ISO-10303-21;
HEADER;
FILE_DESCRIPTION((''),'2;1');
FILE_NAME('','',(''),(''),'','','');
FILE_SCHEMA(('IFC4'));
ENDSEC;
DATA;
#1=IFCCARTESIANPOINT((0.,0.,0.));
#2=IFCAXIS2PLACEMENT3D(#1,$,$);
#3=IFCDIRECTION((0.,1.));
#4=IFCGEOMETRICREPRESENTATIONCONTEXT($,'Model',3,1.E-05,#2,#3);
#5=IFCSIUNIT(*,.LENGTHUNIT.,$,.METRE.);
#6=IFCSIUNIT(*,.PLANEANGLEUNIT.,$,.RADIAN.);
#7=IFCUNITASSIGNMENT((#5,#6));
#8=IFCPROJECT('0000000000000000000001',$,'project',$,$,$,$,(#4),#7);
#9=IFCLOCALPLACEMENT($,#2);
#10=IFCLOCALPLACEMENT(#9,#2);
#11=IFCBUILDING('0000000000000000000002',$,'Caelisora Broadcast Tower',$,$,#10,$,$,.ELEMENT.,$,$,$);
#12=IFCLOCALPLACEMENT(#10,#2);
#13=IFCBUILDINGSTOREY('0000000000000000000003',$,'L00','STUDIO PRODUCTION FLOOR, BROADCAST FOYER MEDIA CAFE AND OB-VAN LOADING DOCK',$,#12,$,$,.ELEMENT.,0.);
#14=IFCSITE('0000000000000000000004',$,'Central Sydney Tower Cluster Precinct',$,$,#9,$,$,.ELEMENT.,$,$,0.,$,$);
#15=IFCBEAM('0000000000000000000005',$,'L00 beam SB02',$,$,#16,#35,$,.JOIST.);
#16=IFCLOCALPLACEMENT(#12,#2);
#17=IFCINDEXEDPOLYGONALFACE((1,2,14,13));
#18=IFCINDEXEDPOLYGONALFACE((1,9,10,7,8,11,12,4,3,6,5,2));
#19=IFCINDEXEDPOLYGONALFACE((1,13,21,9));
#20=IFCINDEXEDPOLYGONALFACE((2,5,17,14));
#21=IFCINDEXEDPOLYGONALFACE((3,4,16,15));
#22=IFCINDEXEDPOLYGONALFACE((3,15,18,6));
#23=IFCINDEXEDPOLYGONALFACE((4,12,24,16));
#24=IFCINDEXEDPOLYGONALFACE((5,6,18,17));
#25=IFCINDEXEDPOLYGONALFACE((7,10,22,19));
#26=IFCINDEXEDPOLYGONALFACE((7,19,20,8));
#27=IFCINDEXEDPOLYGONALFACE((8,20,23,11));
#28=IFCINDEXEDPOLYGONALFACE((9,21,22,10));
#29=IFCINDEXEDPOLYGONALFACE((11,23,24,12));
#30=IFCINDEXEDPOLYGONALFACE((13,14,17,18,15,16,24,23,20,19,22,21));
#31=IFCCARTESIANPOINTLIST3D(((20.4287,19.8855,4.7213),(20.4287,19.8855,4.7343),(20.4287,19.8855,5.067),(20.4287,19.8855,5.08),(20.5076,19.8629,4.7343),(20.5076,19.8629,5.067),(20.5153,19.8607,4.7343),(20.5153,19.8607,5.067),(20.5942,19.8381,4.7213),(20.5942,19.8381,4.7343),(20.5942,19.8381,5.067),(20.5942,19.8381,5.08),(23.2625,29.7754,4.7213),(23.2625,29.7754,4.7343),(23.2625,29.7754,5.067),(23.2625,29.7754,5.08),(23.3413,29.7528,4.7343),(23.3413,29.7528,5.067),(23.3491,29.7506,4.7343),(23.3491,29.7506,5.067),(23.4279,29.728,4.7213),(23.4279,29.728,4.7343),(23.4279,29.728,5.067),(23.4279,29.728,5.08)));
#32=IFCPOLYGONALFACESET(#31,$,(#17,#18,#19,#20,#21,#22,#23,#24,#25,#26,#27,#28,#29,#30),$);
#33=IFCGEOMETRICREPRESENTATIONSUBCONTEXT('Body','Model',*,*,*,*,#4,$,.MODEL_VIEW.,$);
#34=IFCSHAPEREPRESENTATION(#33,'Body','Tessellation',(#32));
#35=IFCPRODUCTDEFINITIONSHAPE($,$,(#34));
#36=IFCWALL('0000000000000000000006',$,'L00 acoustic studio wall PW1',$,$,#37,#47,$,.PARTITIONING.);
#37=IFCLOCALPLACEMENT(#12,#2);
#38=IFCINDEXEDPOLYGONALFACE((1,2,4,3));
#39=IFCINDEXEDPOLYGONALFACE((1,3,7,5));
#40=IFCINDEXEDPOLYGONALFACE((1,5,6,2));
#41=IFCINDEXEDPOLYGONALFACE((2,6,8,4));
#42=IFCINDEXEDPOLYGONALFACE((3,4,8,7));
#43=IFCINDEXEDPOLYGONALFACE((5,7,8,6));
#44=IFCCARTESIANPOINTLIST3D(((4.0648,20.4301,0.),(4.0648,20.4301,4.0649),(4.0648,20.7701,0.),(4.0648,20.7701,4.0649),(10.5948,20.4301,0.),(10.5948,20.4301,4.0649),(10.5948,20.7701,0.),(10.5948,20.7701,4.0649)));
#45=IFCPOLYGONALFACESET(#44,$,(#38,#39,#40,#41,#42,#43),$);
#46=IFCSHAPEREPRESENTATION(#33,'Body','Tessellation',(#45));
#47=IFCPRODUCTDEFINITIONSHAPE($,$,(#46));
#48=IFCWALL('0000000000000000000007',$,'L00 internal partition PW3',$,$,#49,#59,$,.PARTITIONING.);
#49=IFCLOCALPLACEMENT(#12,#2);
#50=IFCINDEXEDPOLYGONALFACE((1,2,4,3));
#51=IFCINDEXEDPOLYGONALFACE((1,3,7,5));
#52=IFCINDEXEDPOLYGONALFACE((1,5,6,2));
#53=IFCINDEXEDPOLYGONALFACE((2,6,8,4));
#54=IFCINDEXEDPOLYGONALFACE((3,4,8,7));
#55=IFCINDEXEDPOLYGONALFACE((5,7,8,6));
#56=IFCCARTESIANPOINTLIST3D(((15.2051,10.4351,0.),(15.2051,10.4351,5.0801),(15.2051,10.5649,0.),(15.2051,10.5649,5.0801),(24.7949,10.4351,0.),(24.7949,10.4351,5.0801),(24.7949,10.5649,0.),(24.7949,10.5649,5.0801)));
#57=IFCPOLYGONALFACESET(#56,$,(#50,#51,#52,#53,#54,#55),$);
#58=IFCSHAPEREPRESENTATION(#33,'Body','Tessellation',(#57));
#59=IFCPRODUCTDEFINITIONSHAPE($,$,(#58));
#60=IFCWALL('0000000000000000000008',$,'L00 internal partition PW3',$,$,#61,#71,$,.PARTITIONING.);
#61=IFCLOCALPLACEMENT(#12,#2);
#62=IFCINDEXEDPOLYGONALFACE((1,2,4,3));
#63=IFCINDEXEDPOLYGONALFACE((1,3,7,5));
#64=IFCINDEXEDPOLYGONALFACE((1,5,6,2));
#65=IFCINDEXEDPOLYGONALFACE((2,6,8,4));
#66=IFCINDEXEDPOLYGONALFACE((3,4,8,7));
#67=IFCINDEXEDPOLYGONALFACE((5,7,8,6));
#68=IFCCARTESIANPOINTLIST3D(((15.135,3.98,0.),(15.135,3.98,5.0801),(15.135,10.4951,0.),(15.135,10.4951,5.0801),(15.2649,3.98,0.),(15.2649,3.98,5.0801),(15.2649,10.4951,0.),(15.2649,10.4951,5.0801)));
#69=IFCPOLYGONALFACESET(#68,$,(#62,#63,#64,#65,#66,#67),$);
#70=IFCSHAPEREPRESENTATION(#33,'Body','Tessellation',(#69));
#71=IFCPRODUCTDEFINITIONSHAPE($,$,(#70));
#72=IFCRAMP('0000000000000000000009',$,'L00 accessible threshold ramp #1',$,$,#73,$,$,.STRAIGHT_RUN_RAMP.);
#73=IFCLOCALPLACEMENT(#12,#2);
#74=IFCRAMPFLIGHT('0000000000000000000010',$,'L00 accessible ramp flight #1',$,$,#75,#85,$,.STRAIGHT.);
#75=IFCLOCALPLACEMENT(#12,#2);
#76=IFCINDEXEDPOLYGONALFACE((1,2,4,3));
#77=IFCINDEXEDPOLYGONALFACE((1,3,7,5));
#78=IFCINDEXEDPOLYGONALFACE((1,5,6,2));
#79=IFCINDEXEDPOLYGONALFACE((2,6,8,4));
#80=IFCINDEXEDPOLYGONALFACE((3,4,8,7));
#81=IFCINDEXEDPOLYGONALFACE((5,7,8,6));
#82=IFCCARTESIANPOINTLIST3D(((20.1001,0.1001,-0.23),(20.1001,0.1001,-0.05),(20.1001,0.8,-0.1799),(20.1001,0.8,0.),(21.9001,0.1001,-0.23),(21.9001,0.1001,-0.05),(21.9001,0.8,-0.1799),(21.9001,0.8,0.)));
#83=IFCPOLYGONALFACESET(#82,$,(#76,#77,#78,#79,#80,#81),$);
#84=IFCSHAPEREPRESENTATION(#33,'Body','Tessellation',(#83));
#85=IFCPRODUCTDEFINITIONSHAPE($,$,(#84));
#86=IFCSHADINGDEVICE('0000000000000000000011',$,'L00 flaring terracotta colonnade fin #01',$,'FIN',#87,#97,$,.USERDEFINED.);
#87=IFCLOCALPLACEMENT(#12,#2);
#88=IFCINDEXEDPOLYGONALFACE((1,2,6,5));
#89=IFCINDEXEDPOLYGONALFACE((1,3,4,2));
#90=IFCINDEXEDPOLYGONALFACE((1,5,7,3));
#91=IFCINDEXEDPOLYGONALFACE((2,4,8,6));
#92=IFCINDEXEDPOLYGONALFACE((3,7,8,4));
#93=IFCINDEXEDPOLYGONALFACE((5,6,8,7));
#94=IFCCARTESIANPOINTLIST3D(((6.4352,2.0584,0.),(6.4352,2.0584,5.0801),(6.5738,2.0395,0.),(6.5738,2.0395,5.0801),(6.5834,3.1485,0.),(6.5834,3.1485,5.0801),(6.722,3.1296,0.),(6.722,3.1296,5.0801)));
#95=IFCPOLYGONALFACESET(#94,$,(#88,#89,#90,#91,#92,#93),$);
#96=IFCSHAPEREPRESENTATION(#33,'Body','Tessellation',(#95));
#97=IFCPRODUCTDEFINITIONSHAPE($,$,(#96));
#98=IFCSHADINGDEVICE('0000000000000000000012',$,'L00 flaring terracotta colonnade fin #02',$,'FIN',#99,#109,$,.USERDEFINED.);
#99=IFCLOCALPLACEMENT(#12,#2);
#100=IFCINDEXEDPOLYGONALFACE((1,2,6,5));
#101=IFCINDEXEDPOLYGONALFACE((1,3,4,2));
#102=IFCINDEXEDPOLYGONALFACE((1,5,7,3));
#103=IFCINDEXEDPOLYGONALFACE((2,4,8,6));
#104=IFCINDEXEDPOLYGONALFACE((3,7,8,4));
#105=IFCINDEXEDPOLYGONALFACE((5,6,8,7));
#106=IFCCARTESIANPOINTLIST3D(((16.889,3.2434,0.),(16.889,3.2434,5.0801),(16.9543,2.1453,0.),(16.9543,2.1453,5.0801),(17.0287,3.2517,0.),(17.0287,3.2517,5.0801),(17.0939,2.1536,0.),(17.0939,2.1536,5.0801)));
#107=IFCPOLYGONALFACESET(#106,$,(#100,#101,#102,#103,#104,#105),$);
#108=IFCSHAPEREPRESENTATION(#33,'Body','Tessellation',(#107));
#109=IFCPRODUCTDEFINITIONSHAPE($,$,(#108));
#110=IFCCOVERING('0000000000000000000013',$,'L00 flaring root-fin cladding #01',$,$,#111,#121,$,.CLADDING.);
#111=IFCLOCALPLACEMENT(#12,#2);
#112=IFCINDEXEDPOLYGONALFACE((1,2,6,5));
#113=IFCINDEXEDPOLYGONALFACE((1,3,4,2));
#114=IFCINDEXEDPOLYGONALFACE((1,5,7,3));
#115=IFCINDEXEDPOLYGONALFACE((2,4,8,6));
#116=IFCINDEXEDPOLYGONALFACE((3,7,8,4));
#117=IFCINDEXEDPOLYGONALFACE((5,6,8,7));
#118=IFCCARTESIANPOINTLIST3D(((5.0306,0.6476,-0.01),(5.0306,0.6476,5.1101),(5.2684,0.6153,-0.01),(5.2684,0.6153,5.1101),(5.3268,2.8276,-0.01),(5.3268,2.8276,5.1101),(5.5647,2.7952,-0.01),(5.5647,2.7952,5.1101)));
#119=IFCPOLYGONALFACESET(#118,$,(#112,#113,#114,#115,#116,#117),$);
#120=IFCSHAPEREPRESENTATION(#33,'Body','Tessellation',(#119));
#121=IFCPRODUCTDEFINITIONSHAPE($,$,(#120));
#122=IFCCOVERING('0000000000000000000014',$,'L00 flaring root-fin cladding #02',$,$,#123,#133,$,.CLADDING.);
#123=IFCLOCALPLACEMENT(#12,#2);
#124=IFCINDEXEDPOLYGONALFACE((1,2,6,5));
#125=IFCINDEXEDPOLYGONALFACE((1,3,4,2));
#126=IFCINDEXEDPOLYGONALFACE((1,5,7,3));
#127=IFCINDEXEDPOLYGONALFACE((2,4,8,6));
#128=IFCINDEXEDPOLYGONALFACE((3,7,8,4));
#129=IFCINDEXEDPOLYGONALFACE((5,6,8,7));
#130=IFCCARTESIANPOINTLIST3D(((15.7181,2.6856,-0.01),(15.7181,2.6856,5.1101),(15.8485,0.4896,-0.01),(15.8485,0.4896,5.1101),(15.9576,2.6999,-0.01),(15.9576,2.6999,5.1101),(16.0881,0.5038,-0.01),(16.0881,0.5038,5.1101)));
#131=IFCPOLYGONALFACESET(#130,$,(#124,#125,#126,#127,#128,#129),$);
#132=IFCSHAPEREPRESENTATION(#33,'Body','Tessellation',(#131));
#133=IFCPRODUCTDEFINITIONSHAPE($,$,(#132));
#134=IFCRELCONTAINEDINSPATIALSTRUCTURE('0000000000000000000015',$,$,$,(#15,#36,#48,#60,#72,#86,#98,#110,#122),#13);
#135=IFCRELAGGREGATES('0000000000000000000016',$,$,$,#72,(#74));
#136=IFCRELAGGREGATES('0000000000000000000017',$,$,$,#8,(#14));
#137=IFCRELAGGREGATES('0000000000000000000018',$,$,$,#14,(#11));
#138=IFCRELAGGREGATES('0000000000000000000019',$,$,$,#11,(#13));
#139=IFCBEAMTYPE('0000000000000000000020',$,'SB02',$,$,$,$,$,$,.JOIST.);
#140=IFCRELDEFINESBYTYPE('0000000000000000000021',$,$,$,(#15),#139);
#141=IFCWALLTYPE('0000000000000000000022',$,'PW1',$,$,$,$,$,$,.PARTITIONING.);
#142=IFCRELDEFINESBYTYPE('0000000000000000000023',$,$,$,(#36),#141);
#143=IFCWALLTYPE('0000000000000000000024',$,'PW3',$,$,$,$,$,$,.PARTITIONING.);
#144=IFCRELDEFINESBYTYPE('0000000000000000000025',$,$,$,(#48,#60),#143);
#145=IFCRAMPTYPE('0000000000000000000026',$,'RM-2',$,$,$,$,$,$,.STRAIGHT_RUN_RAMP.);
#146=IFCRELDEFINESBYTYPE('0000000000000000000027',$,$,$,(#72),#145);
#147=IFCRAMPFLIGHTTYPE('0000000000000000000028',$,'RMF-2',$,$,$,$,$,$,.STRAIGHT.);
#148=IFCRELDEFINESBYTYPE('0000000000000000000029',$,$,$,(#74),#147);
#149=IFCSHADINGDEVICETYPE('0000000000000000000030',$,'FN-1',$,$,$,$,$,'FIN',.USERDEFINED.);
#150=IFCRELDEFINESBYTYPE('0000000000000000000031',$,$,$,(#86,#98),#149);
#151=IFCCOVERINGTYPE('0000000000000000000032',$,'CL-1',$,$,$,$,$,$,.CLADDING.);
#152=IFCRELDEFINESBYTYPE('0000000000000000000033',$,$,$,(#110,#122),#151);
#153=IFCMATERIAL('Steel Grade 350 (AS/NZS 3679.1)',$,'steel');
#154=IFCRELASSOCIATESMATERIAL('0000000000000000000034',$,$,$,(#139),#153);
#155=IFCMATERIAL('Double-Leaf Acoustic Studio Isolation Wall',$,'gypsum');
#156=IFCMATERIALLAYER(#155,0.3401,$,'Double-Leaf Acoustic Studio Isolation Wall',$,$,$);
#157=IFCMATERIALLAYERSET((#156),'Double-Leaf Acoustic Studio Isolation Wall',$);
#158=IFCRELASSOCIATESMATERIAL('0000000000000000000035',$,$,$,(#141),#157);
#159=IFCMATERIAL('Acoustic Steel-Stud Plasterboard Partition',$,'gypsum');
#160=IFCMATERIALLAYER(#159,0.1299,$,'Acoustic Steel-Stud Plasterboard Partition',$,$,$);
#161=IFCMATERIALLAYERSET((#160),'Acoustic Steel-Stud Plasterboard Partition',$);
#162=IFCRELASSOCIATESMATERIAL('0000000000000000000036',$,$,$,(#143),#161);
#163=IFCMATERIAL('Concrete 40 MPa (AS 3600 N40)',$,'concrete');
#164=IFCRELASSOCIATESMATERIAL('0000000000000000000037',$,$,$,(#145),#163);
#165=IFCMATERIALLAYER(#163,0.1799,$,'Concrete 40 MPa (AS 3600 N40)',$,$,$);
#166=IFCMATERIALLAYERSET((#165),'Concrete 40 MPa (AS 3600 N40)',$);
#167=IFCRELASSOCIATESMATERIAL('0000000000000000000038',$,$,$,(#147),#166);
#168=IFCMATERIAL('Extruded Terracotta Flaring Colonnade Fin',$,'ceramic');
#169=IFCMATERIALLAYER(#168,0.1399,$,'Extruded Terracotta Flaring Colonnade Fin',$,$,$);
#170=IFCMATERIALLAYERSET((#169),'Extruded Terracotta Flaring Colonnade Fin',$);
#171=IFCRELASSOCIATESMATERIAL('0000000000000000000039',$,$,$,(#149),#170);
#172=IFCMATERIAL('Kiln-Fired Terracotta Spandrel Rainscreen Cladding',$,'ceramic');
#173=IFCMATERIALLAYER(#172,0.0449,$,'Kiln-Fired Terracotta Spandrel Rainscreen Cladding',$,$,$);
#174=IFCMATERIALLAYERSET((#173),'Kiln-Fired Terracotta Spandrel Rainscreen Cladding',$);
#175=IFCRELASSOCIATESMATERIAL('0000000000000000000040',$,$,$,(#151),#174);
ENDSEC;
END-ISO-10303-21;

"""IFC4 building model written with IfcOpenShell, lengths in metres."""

from ifc_helpers import new_model, si_unit, direction, frame, frame_2d, origin, origin_2d, place, context, subcontext, project, spatial, polyline, rectangle, i_section, outline, extrude, source, transform, mapped, material, layer, layer_set, material_profile, profile_set, type_object, type_shapes, element, aggregate, save


model = new_model("IFC4")

# Units and contexts
model_context = context("Model", 3, precision=1e-05, world=origin(), true_north=direction((0.0, 1.0)))
body_context = subcontext(model_context, "Body", "Model", "MODEL_VIEW")
ifc_project = project(units=[si_unit("LENGTHUNIT", "METRE"), si_unit("PLANEANGLEUNIT", "RADIAN")], contexts=[model_context])

# Site, building, storey
site_placement = place(None, origin())
site = spatial("IfcSite", under=ifc_project, at=site_placement, Name="Central Sydney Tower Cluster Precinct", CompositionType="ELEMENT", RefElevation=0.0)
building_placement = place(site_placement, origin())
building = spatial("IfcBuilding", under=site, at=building_placement, Name="Caelisora Broadcast Tower", CompositionType="ELEMENT")
storey_placement = place(building_placement, origin())
storey = spatial("IfcBuildingStorey", under=building, at=storey_placement, Name="L00", Description="STUDIO PRODUCTION FLOOR, BROADCAST FOYER MEDIA CAFE AND OB-VAN LOADING DOCK", CompositionType="ELEMENT", Elevation=0.0)

# Beam
ifc_material_1 = material(Name="Steel Grade 350 (AS/NZS 3679.1)", Category="steel")
ifc_material_profile_1 = material_profile(ifc_material_1, i_section(OverallWidth=0.1721, OverallDepth=0.3586, WebThickness=0.0081, FlangeThickness=0.0129, at=origin_2d()), Name="Steel Grade 350 (AS/NZS 3679.1)")
ifc_profile_set_1 = profile_set([ifc_material_profile_1], Name="Steel Grade 350 (AS/NZS 3679.1)")
beam_type_1 = type_object("IfcBeamType", Name="SB02", PredefinedType="JOIST", material=ifc_profile_set_1)
shared_shape_1 = source(origin(), body_context, "Body", "SweptSolid", [
    extrude(i_section(OverallWidth=0.1721, OverallDepth=0.3586, WebThickness=0.0081, FlangeThickness=0.0129, at=origin_2d()), origin(), (0.0, 0.0, 1.0), 10.2878),
])
beam_1_placement = place(storey_placement, frame((20.5115, 19.8618, 4.9006), z_axis=(0.275445, 0.961317, 0.0), x_axis=(-0.961317, 0.275445, 0.0)))
element("IfcBeam", 1, at=beam_1_placement, inside=storey, type_object=beam_type_1, Name="L00 beam SB02", PredefinedType="JOIST", context=body_context, shape_type="MappedRepresentation", body=[
    mapped(shared_shape_1, transform((0.0, 0.0, 0.0), scale=1.0)),
])

# Walls
ifc_material_2 = material(Name="Double-Leaf Acoustic Studio Isolation Wall", Category="gypsum")
ifc_layer_1 = layer(ifc_material_2, 0.3401, Name="Double-Leaf Acoustic Studio Isolation Wall")
ifc_layer_set_1 = layer_set([ifc_layer_1], Name="Double-Leaf Acoustic Studio Isolation Wall")
wall_type_1 = type_object("IfcWallType", Name="PW1", PredefinedType="PARTITIONING", material=ifc_layer_set_1)
wall_1_placement = place(storey_placement, frame((10.595, 20.6001, 0.0), z_axis=(0.0, 0.0, 1.0), x_axis=(-1.0, 0.0, 0.0)))
element("IfcWall", 2, at=wall_1_placement, inside=storey, type_object=wall_type_1, Name="L00 acoustic studio wall PW1", PredefinedType="PARTITIONING", context=body_context, shape_type="SweptSolid", body=[
    extrude(rectangle(XDim=6.53, YDim=0.3401, at=frame_2d((3.2651, 0.0))), origin(), (0.0, 0.0, 1.0), 4.0649),
])
ifc_material_3 = material(Name="Acoustic Steel-Stud Plasterboard Partition", Category="gypsum")
ifc_layer_2 = layer(ifc_material_3, 0.1299, Name="Acoustic Steel-Stud Plasterboard Partition")
ifc_layer_set_2 = layer_set([ifc_layer_2], Name="Acoustic Steel-Stud Plasterboard Partition")
wall_type_2 = type_object("IfcWallType", Name="PW3", PredefinedType="PARTITIONING", material=ifc_layer_set_2)
wall_2_placement = place(storey_placement, frame((15.2051, 10.5, 0.0), z_axis=(0.0, 0.0, 1.0), x_axis=(1.0, 0.0, 0.0)))
element("IfcWall", 3, at=wall_2_placement, inside=storey, type_object=wall_type_2, Name="L00 internal partition PW3", PredefinedType="PARTITIONING", context=body_context, shape_type="SweptSolid", body=[
    extrude(rectangle(XDim=9.5898, YDim=0.1299, at=frame_2d((4.7949, 0.0))), origin(), (0.0, 0.0, 1.0), 5.0801),
])
wall_3_placement = place(storey_placement, frame((15.2, 3.98, 0.0), z_axis=(0.0, 0.0, 1.0), x_axis=(0.0, 1.0, 0.0)))
element("IfcWall", 4, at=wall_3_placement, inside=storey, type_object=wall_type_2, Name="L00 internal partition PW3", PredefinedType="PARTITIONING", context=body_context, shape_type="SweptSolid", body=[
    extrude(rectangle(XDim=6.5151, YDim=0.1299, at=frame_2d((3.2576, 0.0))), origin(), (0.0, 0.0, 1.0), 5.0801),
])

# Ramp, ramp flight
ifc_material_4 = material(Name="Concrete 40 MPa (AS 3600 N40)", Category="concrete")
ramp_type = type_object("IfcRampType", Name="RM-2", PredefinedType="STRAIGHT_RUN_RAMP", material=ifc_material_4)
ramp_placement = place(storey_placement, origin())
ramp = element("IfcRamp", 5, at=ramp_placement, inside=storey, type_object=ramp_type, Name="L00 accessible threshold ramp #1", PredefinedType="STRAIGHT_RUN_RAMP")
ifc_layer_3 = layer(ifc_material_4, 0.1799, Name="Concrete 40 MPa (AS 3600 N40)")
ifc_layer_set_3 = layer_set([ifc_layer_3], Name="Concrete 40 MPa (AS 3600 N40)")
ramp_flight_type = type_object("IfcRampFlightType", Name="RMF-2", PredefinedType="STRAIGHT", material=ifc_layer_set_3)
ramp_flight_placement = place(storey_placement, frame((21.0, 0.1001, -0.05), z_axis=(0.0, 0.0, 1.0), x_axis=(0.0, 1.0, 0.0)))
ramp_flight = element("IfcRampFlight", 6, at=ramp_flight_placement, type_object=ramp_flight_type, Name="L00 accessible ramp flight #1", PredefinedType="STRAIGHT", context=body_context, shape_type="SweptSolid", body=[
    extrude(outline(polyline([(0.0, 0.0), (0.7, 0.05), (0.7, -0.1299), (0.0, -0.1799), (0.0, 0.0)])), frame((0.0, 0.8999, 0.0), z_axis=(0.0, -1.0, 0.0), x_axis=(1.0, 0.0, 0.0)), (0.0, 0.0, 1.0), 1.8),
])
aggregate(ramp, [ramp_flight])

# Shading devices
ifc_material_5 = material(Name="Extruded Terracotta Flaring Colonnade Fin", Category="ceramic")
ifc_layer_4 = layer(ifc_material_5, 0.1399, Name="Extruded Terracotta Flaring Colonnade Fin")
ifc_layer_set_4 = layer_set([ifc_layer_4], Name="Extruded Terracotta Flaring Colonnade Fin")
shading_device_type = type_object("IfcShadingDeviceType", Name="FN-1", ElementType="FIN", PredefinedType="USERDEFINED", material=ifc_layer_set_4)
shared_shape_2 = source(origin(), body_context, "Body", "SweptSolid", [
    extrude(rectangle(XDim=1.1001, YDim=0.1399, at=origin_2d()), origin(), (0.0, 0.0, 1.0), 5.0801),
])
type_shapes(shading_device_type, [shared_shape_2])
for number, where, z_axis, x_axis, name in (
    (7, (6.5786, 2.594, 0.0), (0.0, 0.0, 1.0), (-0.134678, -0.990889, 0.0), "L00 flaring terracotta colonnade fin #01"),
    (8, (16.9915, 2.6985, 0.0), (0.0, 0.0, 1.0), (0.059306, -0.99824, 0.0), "L00 flaring terracotta colonnade fin #02"),
):
    element("IfcShadingDevice", number, at=place(storey_placement, frame(where, z_axis=z_axis, x_axis=x_axis)), inside=storey, type_object=shading_device_type, Name=name, ObjectType="FIN", PredefinedType="USERDEFINED", context=body_context, shape_type="MappedRepresentation", body=[
        mapped(shared_shape_2, transform((0.0, 0.0, 0.0), scale=1.0)),
    ])

# Coverings
ifc_material_6 = material(Name="Kiln-Fired Terracotta Spandrel Rainscreen Cladding", Category="ceramic")
ifc_layer_5 = layer(ifc_material_6, 0.0449, Name="Kiln-Fired Terracotta Spandrel Rainscreen Cladding")
ifc_layer_set_5 = layer_set([ifc_layer_5], Name="Kiln-Fired Terracotta Spandrel Rainscreen Cladding")
covering_type = type_object("IfcCoveringType", Name="CL-1", PredefinedType="CLADDING", material=ifc_layer_set_5)
shared_shape_3 = source(origin(), body_context, "Body", "SweptSolid", [
    extrude(rectangle(XDim=2.2, YDim=0.24, at=origin_2d()), origin(), (0.0, 0.0, 1.0), 5.1201),
])
type_shapes(covering_type, [shared_shape_3])
for number, where, z_axis, x_axis, name in (
    (9, (5.2976, 1.7214, -0.01), (0.0, 0.0, 1.0), (-0.134678, -0.990889, 0.0), "L00 flaring root-fin cladding #01"),
    (10, (15.9031, 1.5947, -0.01), (0.0, 0.0, 1.0), (0.059306, -0.99824, 0.0), "L00 flaring root-fin cladding #02"),
):
    element("IfcCovering", number, at=place(storey_placement, frame(where, z_axis=z_axis, x_axis=x_axis)), inside=storey, type_object=covering_type, Name=name, PredefinedType="CLADDING", context=body_context, shape_type="MappedRepresentation", body=[
        mapped(shared_shape_3, transform((0.0, 0.0, 0.0), scale=1.0)),
    ])

save(model, "model.ifc")
